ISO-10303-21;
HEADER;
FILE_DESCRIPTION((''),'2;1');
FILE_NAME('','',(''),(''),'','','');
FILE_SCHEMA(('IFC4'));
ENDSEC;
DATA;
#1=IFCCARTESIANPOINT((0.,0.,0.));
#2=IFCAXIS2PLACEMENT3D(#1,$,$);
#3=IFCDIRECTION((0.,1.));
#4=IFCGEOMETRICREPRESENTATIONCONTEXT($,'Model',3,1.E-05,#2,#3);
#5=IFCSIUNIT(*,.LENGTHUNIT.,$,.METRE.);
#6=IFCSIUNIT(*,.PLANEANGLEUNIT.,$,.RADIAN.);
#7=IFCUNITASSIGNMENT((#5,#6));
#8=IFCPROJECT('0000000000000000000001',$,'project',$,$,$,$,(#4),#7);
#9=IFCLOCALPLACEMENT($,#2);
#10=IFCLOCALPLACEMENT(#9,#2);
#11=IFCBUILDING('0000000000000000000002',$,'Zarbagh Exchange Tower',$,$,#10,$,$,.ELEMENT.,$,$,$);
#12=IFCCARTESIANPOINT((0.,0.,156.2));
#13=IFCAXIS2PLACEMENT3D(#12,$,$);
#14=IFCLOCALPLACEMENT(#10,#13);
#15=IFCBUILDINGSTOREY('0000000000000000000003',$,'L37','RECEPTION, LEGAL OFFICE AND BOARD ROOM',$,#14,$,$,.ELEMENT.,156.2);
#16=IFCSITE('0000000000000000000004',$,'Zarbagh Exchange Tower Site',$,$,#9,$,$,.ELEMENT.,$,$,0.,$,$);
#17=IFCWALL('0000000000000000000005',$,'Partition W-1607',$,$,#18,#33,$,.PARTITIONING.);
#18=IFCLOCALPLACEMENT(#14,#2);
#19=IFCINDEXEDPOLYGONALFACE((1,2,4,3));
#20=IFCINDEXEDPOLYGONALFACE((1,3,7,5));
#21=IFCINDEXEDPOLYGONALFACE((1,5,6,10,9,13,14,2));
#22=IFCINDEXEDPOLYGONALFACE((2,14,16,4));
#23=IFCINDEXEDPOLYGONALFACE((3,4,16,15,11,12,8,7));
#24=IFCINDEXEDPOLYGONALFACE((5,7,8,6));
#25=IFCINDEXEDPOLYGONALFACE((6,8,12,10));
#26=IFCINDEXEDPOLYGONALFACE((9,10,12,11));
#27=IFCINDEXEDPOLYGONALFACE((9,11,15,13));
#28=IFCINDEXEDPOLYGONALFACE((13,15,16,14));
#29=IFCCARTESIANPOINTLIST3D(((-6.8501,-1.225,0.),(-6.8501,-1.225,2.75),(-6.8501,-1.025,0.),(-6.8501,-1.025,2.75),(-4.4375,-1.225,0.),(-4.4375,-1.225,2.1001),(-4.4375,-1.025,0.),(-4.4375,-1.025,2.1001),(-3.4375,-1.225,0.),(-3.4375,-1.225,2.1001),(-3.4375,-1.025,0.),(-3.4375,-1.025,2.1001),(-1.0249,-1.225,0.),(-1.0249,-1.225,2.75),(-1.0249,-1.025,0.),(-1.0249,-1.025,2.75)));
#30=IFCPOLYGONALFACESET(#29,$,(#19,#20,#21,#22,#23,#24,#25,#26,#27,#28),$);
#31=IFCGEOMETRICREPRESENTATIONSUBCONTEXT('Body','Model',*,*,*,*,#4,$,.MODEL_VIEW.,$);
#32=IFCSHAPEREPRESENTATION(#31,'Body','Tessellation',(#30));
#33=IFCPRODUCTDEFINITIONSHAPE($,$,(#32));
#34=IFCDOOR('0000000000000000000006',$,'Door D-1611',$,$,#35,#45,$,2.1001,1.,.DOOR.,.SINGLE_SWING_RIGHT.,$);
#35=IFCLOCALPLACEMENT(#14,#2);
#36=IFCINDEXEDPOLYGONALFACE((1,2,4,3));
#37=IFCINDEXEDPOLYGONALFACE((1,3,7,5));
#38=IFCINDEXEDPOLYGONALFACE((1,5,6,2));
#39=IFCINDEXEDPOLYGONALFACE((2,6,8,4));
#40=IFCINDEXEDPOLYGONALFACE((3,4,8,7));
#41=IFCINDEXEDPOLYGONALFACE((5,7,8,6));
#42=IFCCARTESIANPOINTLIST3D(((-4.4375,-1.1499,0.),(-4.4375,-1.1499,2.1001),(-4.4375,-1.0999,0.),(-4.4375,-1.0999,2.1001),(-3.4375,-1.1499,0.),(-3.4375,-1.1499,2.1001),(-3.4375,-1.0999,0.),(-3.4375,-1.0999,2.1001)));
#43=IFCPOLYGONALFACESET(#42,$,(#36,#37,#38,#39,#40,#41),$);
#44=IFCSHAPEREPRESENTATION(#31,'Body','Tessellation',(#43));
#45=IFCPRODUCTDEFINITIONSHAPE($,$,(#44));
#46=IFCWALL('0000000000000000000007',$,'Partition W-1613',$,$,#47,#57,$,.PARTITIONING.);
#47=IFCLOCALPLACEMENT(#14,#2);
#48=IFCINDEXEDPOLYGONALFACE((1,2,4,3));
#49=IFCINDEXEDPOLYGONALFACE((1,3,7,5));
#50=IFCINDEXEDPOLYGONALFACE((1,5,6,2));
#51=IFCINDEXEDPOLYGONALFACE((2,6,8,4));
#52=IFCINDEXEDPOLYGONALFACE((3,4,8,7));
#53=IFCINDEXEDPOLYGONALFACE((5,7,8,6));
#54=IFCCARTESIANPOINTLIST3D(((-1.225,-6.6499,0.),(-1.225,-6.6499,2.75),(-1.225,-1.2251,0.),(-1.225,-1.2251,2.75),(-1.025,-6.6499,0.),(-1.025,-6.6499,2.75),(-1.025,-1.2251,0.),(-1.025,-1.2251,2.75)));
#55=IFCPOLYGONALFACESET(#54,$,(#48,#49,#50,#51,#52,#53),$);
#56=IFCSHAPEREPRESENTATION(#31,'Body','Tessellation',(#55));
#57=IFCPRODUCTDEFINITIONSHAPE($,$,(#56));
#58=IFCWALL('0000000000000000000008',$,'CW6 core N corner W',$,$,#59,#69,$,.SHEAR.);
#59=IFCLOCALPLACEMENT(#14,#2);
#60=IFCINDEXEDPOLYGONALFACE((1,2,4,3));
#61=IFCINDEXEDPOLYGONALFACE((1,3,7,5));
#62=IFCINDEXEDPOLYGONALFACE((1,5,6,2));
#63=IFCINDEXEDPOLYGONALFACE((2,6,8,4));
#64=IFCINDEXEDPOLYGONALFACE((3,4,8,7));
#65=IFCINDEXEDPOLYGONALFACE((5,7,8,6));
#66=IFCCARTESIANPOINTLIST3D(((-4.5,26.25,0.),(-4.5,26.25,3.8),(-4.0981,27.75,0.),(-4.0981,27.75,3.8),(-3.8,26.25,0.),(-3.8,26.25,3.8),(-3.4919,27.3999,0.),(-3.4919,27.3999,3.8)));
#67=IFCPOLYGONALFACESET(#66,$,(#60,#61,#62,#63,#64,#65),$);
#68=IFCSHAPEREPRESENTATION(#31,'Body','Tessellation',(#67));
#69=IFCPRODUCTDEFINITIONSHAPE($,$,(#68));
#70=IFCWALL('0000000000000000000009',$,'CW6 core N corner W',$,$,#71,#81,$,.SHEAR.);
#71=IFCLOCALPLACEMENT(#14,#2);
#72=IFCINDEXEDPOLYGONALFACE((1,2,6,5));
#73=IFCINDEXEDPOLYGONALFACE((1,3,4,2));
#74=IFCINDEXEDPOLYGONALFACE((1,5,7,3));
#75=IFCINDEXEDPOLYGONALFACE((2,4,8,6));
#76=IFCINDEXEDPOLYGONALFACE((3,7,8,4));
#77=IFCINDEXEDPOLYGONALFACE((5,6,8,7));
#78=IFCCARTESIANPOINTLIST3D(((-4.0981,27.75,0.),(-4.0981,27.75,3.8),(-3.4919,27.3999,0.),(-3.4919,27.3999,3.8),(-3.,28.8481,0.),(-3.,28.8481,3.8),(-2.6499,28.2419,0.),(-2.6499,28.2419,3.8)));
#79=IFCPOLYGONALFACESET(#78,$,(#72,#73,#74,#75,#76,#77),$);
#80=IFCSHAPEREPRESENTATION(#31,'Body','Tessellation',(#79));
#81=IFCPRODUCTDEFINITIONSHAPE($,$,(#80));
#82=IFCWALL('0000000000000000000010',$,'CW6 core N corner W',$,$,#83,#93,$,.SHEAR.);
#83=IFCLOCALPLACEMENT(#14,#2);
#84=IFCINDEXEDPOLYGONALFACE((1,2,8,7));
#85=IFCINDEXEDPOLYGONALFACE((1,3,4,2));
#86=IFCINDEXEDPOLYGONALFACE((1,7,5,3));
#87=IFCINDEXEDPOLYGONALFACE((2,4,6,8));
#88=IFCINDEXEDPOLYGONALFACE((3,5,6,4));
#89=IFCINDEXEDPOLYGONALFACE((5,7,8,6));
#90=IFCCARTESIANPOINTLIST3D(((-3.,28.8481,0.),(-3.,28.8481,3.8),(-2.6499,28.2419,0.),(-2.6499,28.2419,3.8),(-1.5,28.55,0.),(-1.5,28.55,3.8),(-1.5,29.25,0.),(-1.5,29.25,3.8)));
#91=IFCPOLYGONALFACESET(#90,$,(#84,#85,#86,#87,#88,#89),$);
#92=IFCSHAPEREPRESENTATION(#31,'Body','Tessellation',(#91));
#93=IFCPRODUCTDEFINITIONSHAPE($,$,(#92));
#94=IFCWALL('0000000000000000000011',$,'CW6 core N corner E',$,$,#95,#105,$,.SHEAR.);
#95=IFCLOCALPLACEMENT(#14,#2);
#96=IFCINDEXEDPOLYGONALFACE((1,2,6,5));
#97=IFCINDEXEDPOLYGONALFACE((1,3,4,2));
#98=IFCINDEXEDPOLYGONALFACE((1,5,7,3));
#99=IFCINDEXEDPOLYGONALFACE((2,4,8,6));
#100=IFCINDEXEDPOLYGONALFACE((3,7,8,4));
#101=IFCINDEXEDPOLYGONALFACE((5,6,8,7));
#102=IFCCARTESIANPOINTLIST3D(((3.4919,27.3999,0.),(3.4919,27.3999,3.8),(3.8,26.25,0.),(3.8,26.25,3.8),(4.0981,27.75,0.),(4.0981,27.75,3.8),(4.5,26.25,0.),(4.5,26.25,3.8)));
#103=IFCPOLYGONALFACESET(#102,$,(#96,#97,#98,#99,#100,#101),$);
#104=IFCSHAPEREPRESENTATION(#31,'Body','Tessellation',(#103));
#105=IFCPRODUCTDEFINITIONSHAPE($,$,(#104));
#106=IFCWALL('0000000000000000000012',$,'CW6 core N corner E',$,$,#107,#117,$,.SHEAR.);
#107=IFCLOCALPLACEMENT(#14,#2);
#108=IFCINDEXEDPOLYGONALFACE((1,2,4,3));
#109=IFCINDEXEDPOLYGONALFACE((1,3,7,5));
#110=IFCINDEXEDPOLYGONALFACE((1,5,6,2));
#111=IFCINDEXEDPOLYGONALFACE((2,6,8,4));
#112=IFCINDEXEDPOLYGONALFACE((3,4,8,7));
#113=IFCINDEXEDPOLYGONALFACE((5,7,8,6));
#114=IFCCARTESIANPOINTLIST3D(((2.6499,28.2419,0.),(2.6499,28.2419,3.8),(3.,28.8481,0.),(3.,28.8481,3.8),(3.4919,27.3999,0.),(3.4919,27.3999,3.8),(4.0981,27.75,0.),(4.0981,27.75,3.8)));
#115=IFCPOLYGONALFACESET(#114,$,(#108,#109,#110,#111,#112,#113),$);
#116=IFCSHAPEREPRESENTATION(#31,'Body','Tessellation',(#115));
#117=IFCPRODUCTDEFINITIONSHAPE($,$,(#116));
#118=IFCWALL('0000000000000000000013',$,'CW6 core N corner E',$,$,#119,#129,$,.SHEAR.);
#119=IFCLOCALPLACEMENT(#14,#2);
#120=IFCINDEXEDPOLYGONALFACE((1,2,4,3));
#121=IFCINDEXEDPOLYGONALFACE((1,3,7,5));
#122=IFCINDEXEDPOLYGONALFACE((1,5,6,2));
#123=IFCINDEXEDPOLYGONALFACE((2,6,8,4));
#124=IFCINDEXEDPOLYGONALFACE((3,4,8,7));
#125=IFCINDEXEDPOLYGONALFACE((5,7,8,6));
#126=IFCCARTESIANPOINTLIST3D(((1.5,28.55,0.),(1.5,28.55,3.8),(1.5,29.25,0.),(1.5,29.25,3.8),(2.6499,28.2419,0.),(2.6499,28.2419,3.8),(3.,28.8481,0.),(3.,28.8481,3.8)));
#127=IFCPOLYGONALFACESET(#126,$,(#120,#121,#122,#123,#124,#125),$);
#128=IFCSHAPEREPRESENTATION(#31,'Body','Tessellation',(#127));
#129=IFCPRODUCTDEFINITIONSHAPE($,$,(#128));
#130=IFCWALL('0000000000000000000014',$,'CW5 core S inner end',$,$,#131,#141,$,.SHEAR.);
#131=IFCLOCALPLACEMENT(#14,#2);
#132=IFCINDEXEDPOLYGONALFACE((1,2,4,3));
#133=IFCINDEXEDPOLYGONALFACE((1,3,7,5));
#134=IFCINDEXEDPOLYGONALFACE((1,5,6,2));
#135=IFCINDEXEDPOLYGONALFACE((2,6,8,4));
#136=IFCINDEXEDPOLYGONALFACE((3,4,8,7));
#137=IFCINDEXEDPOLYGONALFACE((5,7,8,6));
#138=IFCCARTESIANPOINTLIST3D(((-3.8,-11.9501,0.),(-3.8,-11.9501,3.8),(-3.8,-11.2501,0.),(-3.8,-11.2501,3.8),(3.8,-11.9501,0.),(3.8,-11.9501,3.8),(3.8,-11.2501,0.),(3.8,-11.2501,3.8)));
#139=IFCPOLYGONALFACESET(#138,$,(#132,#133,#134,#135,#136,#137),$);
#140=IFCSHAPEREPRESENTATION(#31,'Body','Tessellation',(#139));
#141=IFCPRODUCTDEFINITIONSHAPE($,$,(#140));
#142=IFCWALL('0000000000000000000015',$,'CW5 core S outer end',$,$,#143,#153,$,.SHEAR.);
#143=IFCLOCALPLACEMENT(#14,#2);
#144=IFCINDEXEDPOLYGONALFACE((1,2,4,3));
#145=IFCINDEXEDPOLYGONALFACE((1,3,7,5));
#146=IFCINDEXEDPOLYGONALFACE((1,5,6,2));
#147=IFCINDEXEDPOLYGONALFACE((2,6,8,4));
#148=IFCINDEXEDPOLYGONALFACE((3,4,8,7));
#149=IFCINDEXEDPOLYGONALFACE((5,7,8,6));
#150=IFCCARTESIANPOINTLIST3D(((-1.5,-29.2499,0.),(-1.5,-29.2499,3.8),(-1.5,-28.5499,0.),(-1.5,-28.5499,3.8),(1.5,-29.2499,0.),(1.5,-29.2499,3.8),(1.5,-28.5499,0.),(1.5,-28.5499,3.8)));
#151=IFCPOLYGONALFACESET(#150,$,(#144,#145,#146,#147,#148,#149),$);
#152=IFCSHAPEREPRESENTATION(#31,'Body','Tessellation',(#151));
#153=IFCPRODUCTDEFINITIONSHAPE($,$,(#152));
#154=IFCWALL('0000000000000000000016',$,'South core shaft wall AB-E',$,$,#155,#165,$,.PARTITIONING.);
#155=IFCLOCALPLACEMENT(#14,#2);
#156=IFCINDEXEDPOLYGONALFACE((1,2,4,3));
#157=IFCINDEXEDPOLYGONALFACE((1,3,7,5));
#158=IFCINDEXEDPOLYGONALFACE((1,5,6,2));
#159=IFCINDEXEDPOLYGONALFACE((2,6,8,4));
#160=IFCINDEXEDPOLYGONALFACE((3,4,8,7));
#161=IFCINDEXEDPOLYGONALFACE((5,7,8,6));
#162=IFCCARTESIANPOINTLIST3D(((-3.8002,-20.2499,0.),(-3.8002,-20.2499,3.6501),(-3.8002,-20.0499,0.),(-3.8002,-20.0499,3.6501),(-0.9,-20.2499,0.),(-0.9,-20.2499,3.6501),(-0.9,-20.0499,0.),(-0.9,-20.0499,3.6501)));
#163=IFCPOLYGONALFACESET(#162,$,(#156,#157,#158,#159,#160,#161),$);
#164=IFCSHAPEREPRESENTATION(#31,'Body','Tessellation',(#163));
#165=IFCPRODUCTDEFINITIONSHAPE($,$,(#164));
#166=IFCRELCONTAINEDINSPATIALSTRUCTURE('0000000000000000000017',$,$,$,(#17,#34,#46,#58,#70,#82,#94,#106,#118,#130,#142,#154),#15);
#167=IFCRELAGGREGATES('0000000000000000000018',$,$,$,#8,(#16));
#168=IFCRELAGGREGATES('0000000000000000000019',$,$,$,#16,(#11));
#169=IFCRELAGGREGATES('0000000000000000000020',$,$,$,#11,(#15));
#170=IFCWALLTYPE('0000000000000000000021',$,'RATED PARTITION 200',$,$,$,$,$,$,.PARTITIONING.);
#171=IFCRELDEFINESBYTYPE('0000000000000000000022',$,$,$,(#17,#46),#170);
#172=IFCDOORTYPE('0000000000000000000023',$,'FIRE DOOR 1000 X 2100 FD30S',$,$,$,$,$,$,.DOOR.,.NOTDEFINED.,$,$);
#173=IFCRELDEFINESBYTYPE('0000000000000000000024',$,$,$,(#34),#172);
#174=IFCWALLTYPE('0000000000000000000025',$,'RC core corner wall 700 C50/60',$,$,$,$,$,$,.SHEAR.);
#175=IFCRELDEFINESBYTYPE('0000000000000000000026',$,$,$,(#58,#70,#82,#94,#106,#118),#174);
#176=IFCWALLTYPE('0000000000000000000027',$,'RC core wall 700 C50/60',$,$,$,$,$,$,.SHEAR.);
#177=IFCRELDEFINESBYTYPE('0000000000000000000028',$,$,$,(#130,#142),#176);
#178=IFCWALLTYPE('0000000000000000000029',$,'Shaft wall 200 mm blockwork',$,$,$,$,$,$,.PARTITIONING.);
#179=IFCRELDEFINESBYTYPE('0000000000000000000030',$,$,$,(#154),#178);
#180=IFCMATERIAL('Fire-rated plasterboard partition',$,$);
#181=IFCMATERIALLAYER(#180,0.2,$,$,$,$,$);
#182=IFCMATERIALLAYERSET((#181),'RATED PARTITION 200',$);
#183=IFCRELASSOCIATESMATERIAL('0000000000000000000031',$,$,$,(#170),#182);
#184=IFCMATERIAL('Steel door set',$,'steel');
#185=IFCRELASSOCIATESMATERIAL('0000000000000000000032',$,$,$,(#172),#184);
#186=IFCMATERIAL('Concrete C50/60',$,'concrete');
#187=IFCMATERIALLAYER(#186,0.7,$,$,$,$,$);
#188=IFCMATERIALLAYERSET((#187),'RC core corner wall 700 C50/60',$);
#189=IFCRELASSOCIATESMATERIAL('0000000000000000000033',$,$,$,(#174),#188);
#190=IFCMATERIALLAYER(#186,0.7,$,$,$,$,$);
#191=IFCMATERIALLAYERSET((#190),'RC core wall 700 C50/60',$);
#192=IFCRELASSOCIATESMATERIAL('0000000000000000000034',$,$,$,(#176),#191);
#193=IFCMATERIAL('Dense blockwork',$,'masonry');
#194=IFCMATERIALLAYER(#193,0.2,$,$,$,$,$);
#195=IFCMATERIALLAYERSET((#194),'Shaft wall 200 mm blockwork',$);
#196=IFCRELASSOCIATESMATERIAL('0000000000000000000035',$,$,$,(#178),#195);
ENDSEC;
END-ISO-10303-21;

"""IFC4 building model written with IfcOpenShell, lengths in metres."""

from ifc_helpers import new_model, si_unit, direction, frame, frame_2d, origin, place, context, subcontext, project, spatial, polyline, rectangle, outline, extrude, material, layer, layer_set, type_object, element, fill, save


model = new_model("IFC4")

# Units and contexts
model_context = context("Model", 3, precision=1e-05, world=origin(), true_north=direction((0.0, 1.0)))
body_context = subcontext(model_context, "Body", "Model", "MODEL_VIEW")
ifc_project = project(units=[si_unit("LENGTHUNIT", "METRE"), si_unit("PLANEANGLEUNIT", "RADIAN")], contexts=[model_context])

# Site, building, storey
site_placement = place(None, origin())
site = spatial("IfcSite", under=ifc_project, at=site_placement, Name="Zarbagh Exchange Tower Site", CompositionType="ELEMENT", RefElevation=0.0)
building_placement = place(site_placement, origin())
building = spatial("IfcBuilding", under=site, at=building_placement, Name="Zarbagh Exchange Tower", CompositionType="ELEMENT")
storey_placement = place(building_placement, frame((0.0, 0.0, 156.2)))
storey = spatial("IfcBuildingStorey", under=building, at=storey_placement, Name="L37", Description="RECEPTION, LEGAL OFFICE AND BOARD ROOM", CompositionType="ELEMENT", Elevation=156.2)

# Shared definitions
ifc_material_1 = material(Name="Concrete C50/60", Category="concrete")

# Wall, opening, door
ifc_material_2 = material(Name="Fire-rated plasterboard partition")
ifc_layer_1 = layer(ifc_material_2, 0.2)
ifc_layer_set_1 = layer_set([ifc_layer_1], Name="RATED PARTITION 200")
wall_type_1 = type_object("IfcWallType", Name="RATED PARTITION 200", PredefinedType="PARTITIONING", material=ifc_layer_set_1)
wall_1_placement = place(storey_placement, frame((-1.0249, -1.125, 0.0), z_axis=(0.0, 0.0, 1.0), x_axis=(-1.0, 0.0, 0.0)))
wall_1 = element("IfcWall", 1, at=wall_1_placement, inside=storey, type_object=wall_type_1, Name="Partition W-1607", PredefinedType="PARTITIONING", context=body_context, shape_type="SweptSolid", body=[
    extrude(rectangle(XDim=5.8252, YDim=0.2, at=frame_2d((2.9126, 0.0))), origin(), (0.0, 0.0, 1.0), 2.75),
])
opening_1_placement = place(wall_1_placement, frame((2.4126, 0.0, 0.0)))
opening_1 = element("IfcOpeningElement", 2, at=opening_1_placement, cuts=wall_1, PredefinedType="OPENING", context=body_context, shape_type="SweptSolid", body=[
    extrude(rectangle(XDim=1.0, YDim=2.1001, at=frame_2d((0.5, 1.05))), frame((0.0, 0.1099, 0.0), z_axis=(0.0, -1.0, 0.0), x_axis=(1.0, 0.0, 0.0)), (0.0, 0.0, 1.0), 0.22),
])
ifc_material_3 = material(Name="Steel door set", Category="steel")
door_type_1 = type_object("IfcDoorType", Name="FIRE DOOR 1000 X 2100 FD30S", OperationType="NOTDEFINED", PredefinedType="DOOR", material=ifc_material_3)
door_1_placement = place(opening_1_placement, origin())
door_1 = element("IfcDoor", 3, at=door_1_placement, inside=storey, type_object=door_type_1, Name="Door D-1611", OperationType="SINGLE_SWING_RIGHT", OverallHeight=2.1001, OverallWidth=1.0, PredefinedType="DOOR", context=body_context, shape_type="SweptSolid", body=[
    extrude(rectangle(XDim=1.0, YDim=2.1001, at=frame_2d((0.5, 1.05))), frame((0.0, 0.0249, 0.0), z_axis=(0.0, -1.0, 0.0), x_axis=(1.0, 0.0, 0.0)), (0.0, 0.0, 1.0), 0.05),
])
fill(opening_1, door_1)

# Walls
wall_2_placement = place(storey_placement, frame((-1.125, -6.6499, 0.0), z_axis=(0.0, 0.0, 1.0), x_axis=(0.0, 1.0, 0.0)))
element("IfcWall", 4, at=wall_2_placement, inside=storey, type_object=wall_type_1, Name="Partition W-1613", PredefinedType="PARTITIONING", context=body_context, shape_type="SweptSolid", body=[
    extrude(rectangle(XDim=5.4248, YDim=0.2, at=frame_2d((2.7124, 0.0))), origin(), (0.0, 0.0, 1.0), 2.75),
])
ifc_layer_2 = layer(ifc_material_1, 0.7)
ifc_layer_set_2 = layer_set([ifc_layer_2], Name="RC core corner wall 700 C50/60")
wall_type_2 = type_object("IfcWallType", Name="RC core corner wall 700 C50/60", PredefinedType="SHEAR", material=ifc_layer_set_2)
wall_3_placement = place(storey_placement, origin())
element("IfcWall", 5, at=wall_3_placement, inside=storey, type_object=wall_type_2, Name="CW6 core N corner W", PredefinedType="SHEAR", context=body_context, shape_type="SweptSolid", body=[
    extrude(outline(polyline([(-4.5, 26.25), (-4.0981, 27.75), (-3.4919, 27.3999), (-3.8, 26.25), (-4.5, 26.25)])), origin(), (0.0, 0.0, 1.0), 3.8),
])
wall_4_placement = place(storey_placement, origin())
element("IfcWall", 6, at=wall_4_placement, inside=storey, type_object=wall_type_2, Name="CW6 core N corner W", PredefinedType="SHEAR", context=body_context, shape_type="SweptSolid", body=[
    extrude(outline(polyline([(-4.0981, 27.75), (-3.0, 28.8481), (-2.6499, 28.2419), (-3.4919, 27.3999), (-4.0981, 27.75)])), origin(), (0.0, 0.0, 1.0), 3.8),
])
wall_5_placement = place(storey_placement, origin())
element("IfcWall", 7, at=wall_5_placement, inside=storey, type_object=wall_type_2, Name="CW6 core N corner W", PredefinedType="SHEAR", context=body_context, shape_type="SweptSolid", body=[
    extrude(outline(polyline([(-3.0, 28.8481), (-1.5, 29.25), (-1.5, 28.55), (-2.6499, 28.2419), (-3.0, 28.8481)])), origin(), (0.0, 0.0, 1.0), 3.8),
])
wall_6_placement = place(storey_placement, origin())
element("IfcWall", 8, at=wall_6_placement, inside=storey, type_object=wall_type_2, Name="CW6 core N corner E", PredefinedType="SHEAR", context=body_context, shape_type="SweptSolid", body=[
    extrude(outline(polyline([(4.5, 26.25), (4.0981, 27.75), (3.4919, 27.3999), (3.8, 26.25), (4.5, 26.25)])), origin(), (0.0, 0.0, 1.0), 3.8),
])
wall_7_placement = place(storey_placement, origin())
element("IfcWall", 9, at=wall_7_placement, inside=storey, type_object=wall_type_2, Name="CW6 core N corner E", PredefinedType="SHEAR", context=body_context, shape_type="SweptSolid", body=[
    extrude(outline(polyline([(4.0981, 27.75), (3.0, 28.8481), (2.6499, 28.2419), (3.4919, 27.3999), (4.0981, 27.75)])), origin(), (0.0, 0.0, 1.0), 3.8),
])
wall_8_placement = place(storey_placement, origin())
element("IfcWall", 10, at=wall_8_placement, inside=storey, type_object=wall_type_2, Name="CW6 core N corner E", PredefinedType="SHEAR", context=body_context, shape_type="SweptSolid", body=[
    extrude(outline(polyline([(3.0, 28.8481), (1.5, 29.25), (1.5, 28.55), (2.6499, 28.2419), (3.0, 28.8481)])), origin(), (0.0, 0.0, 1.0), 3.8),
])
ifc_layer_3 = layer(ifc_material_1, 0.7)
ifc_layer_set_3 = layer_set([ifc_layer_3], Name="RC core wall 700 C50/60")
wall_type_3 = type_object("IfcWallType", Name="RC core wall 700 C50/60", PredefinedType="SHEAR", material=ifc_layer_set_3)
wall_9_placement = place(storey_placement, frame((-3.8, -11.6001, 0.0), z_axis=(0.0, 0.0, 1.0), x_axis=(1.0, 0.0, 0.0)))
element("IfcWall", 11, at=wall_9_placement, inside=storey, type_object=wall_type_3, Name="CW5 core S inner end", PredefinedType="SHEAR", context=body_context, shape_type="SweptSolid", body=[
    extrude(rectangle(XDim=7.6001, YDim=0.7, at=frame_2d((3.8, 0.0))), origin(), (0.0, 0.0, 1.0), 3.8),
])
wall_10_placement = place(storey_placement, frame((-1.5, -28.8999, 0.0), z_axis=(0.0, 0.0, 1.0), x_axis=(1.0, 0.0, 0.0)))
element("IfcWall", 12, at=wall_10_placement, inside=storey, type_object=wall_type_3, Name="CW5 core S outer end", PredefinedType="SHEAR", context=body_context, shape_type="SweptSolid", body=[
    extrude(rectangle(XDim=3.0, YDim=0.7, at=frame_2d((1.5, 0.0))), origin(), (0.0, 0.0, 1.0), 3.8),
])
ifc_material_4 = material(Name="Dense blockwork", Category="masonry")
ifc_layer_4 = layer(ifc_material_4, 0.2)
ifc_layer_set_4 = layer_set([ifc_layer_4], Name="Shaft wall 200 mm blockwork")
wall_type_4 = type_object("IfcWallType", Name="Shaft wall 200 mm blockwork", PredefinedType="PARTITIONING", material=ifc_layer_set_4)
wall_11_placement = place(storey_placement, frame((-0.8999, -20.1499, 0.0), z_axis=(0.0, 0.0, 1.0), x_axis=(-1.0, 0.0, 0.0)))
element("IfcWall", 13, at=wall_11_placement, inside=storey, type_object=wall_type_4, Name="South core shaft wall AB-E", PredefinedType="PARTITIONING", context=body_context, shape_type="SweptSolid", body=[
    extrude(rectangle(XDim=2.9001, YDim=0.2, at=frame_2d((1.4502, 0.0))), origin(), (0.0, 0.0, 1.0), 3.6501),
])

save(model, "model.ifc")
